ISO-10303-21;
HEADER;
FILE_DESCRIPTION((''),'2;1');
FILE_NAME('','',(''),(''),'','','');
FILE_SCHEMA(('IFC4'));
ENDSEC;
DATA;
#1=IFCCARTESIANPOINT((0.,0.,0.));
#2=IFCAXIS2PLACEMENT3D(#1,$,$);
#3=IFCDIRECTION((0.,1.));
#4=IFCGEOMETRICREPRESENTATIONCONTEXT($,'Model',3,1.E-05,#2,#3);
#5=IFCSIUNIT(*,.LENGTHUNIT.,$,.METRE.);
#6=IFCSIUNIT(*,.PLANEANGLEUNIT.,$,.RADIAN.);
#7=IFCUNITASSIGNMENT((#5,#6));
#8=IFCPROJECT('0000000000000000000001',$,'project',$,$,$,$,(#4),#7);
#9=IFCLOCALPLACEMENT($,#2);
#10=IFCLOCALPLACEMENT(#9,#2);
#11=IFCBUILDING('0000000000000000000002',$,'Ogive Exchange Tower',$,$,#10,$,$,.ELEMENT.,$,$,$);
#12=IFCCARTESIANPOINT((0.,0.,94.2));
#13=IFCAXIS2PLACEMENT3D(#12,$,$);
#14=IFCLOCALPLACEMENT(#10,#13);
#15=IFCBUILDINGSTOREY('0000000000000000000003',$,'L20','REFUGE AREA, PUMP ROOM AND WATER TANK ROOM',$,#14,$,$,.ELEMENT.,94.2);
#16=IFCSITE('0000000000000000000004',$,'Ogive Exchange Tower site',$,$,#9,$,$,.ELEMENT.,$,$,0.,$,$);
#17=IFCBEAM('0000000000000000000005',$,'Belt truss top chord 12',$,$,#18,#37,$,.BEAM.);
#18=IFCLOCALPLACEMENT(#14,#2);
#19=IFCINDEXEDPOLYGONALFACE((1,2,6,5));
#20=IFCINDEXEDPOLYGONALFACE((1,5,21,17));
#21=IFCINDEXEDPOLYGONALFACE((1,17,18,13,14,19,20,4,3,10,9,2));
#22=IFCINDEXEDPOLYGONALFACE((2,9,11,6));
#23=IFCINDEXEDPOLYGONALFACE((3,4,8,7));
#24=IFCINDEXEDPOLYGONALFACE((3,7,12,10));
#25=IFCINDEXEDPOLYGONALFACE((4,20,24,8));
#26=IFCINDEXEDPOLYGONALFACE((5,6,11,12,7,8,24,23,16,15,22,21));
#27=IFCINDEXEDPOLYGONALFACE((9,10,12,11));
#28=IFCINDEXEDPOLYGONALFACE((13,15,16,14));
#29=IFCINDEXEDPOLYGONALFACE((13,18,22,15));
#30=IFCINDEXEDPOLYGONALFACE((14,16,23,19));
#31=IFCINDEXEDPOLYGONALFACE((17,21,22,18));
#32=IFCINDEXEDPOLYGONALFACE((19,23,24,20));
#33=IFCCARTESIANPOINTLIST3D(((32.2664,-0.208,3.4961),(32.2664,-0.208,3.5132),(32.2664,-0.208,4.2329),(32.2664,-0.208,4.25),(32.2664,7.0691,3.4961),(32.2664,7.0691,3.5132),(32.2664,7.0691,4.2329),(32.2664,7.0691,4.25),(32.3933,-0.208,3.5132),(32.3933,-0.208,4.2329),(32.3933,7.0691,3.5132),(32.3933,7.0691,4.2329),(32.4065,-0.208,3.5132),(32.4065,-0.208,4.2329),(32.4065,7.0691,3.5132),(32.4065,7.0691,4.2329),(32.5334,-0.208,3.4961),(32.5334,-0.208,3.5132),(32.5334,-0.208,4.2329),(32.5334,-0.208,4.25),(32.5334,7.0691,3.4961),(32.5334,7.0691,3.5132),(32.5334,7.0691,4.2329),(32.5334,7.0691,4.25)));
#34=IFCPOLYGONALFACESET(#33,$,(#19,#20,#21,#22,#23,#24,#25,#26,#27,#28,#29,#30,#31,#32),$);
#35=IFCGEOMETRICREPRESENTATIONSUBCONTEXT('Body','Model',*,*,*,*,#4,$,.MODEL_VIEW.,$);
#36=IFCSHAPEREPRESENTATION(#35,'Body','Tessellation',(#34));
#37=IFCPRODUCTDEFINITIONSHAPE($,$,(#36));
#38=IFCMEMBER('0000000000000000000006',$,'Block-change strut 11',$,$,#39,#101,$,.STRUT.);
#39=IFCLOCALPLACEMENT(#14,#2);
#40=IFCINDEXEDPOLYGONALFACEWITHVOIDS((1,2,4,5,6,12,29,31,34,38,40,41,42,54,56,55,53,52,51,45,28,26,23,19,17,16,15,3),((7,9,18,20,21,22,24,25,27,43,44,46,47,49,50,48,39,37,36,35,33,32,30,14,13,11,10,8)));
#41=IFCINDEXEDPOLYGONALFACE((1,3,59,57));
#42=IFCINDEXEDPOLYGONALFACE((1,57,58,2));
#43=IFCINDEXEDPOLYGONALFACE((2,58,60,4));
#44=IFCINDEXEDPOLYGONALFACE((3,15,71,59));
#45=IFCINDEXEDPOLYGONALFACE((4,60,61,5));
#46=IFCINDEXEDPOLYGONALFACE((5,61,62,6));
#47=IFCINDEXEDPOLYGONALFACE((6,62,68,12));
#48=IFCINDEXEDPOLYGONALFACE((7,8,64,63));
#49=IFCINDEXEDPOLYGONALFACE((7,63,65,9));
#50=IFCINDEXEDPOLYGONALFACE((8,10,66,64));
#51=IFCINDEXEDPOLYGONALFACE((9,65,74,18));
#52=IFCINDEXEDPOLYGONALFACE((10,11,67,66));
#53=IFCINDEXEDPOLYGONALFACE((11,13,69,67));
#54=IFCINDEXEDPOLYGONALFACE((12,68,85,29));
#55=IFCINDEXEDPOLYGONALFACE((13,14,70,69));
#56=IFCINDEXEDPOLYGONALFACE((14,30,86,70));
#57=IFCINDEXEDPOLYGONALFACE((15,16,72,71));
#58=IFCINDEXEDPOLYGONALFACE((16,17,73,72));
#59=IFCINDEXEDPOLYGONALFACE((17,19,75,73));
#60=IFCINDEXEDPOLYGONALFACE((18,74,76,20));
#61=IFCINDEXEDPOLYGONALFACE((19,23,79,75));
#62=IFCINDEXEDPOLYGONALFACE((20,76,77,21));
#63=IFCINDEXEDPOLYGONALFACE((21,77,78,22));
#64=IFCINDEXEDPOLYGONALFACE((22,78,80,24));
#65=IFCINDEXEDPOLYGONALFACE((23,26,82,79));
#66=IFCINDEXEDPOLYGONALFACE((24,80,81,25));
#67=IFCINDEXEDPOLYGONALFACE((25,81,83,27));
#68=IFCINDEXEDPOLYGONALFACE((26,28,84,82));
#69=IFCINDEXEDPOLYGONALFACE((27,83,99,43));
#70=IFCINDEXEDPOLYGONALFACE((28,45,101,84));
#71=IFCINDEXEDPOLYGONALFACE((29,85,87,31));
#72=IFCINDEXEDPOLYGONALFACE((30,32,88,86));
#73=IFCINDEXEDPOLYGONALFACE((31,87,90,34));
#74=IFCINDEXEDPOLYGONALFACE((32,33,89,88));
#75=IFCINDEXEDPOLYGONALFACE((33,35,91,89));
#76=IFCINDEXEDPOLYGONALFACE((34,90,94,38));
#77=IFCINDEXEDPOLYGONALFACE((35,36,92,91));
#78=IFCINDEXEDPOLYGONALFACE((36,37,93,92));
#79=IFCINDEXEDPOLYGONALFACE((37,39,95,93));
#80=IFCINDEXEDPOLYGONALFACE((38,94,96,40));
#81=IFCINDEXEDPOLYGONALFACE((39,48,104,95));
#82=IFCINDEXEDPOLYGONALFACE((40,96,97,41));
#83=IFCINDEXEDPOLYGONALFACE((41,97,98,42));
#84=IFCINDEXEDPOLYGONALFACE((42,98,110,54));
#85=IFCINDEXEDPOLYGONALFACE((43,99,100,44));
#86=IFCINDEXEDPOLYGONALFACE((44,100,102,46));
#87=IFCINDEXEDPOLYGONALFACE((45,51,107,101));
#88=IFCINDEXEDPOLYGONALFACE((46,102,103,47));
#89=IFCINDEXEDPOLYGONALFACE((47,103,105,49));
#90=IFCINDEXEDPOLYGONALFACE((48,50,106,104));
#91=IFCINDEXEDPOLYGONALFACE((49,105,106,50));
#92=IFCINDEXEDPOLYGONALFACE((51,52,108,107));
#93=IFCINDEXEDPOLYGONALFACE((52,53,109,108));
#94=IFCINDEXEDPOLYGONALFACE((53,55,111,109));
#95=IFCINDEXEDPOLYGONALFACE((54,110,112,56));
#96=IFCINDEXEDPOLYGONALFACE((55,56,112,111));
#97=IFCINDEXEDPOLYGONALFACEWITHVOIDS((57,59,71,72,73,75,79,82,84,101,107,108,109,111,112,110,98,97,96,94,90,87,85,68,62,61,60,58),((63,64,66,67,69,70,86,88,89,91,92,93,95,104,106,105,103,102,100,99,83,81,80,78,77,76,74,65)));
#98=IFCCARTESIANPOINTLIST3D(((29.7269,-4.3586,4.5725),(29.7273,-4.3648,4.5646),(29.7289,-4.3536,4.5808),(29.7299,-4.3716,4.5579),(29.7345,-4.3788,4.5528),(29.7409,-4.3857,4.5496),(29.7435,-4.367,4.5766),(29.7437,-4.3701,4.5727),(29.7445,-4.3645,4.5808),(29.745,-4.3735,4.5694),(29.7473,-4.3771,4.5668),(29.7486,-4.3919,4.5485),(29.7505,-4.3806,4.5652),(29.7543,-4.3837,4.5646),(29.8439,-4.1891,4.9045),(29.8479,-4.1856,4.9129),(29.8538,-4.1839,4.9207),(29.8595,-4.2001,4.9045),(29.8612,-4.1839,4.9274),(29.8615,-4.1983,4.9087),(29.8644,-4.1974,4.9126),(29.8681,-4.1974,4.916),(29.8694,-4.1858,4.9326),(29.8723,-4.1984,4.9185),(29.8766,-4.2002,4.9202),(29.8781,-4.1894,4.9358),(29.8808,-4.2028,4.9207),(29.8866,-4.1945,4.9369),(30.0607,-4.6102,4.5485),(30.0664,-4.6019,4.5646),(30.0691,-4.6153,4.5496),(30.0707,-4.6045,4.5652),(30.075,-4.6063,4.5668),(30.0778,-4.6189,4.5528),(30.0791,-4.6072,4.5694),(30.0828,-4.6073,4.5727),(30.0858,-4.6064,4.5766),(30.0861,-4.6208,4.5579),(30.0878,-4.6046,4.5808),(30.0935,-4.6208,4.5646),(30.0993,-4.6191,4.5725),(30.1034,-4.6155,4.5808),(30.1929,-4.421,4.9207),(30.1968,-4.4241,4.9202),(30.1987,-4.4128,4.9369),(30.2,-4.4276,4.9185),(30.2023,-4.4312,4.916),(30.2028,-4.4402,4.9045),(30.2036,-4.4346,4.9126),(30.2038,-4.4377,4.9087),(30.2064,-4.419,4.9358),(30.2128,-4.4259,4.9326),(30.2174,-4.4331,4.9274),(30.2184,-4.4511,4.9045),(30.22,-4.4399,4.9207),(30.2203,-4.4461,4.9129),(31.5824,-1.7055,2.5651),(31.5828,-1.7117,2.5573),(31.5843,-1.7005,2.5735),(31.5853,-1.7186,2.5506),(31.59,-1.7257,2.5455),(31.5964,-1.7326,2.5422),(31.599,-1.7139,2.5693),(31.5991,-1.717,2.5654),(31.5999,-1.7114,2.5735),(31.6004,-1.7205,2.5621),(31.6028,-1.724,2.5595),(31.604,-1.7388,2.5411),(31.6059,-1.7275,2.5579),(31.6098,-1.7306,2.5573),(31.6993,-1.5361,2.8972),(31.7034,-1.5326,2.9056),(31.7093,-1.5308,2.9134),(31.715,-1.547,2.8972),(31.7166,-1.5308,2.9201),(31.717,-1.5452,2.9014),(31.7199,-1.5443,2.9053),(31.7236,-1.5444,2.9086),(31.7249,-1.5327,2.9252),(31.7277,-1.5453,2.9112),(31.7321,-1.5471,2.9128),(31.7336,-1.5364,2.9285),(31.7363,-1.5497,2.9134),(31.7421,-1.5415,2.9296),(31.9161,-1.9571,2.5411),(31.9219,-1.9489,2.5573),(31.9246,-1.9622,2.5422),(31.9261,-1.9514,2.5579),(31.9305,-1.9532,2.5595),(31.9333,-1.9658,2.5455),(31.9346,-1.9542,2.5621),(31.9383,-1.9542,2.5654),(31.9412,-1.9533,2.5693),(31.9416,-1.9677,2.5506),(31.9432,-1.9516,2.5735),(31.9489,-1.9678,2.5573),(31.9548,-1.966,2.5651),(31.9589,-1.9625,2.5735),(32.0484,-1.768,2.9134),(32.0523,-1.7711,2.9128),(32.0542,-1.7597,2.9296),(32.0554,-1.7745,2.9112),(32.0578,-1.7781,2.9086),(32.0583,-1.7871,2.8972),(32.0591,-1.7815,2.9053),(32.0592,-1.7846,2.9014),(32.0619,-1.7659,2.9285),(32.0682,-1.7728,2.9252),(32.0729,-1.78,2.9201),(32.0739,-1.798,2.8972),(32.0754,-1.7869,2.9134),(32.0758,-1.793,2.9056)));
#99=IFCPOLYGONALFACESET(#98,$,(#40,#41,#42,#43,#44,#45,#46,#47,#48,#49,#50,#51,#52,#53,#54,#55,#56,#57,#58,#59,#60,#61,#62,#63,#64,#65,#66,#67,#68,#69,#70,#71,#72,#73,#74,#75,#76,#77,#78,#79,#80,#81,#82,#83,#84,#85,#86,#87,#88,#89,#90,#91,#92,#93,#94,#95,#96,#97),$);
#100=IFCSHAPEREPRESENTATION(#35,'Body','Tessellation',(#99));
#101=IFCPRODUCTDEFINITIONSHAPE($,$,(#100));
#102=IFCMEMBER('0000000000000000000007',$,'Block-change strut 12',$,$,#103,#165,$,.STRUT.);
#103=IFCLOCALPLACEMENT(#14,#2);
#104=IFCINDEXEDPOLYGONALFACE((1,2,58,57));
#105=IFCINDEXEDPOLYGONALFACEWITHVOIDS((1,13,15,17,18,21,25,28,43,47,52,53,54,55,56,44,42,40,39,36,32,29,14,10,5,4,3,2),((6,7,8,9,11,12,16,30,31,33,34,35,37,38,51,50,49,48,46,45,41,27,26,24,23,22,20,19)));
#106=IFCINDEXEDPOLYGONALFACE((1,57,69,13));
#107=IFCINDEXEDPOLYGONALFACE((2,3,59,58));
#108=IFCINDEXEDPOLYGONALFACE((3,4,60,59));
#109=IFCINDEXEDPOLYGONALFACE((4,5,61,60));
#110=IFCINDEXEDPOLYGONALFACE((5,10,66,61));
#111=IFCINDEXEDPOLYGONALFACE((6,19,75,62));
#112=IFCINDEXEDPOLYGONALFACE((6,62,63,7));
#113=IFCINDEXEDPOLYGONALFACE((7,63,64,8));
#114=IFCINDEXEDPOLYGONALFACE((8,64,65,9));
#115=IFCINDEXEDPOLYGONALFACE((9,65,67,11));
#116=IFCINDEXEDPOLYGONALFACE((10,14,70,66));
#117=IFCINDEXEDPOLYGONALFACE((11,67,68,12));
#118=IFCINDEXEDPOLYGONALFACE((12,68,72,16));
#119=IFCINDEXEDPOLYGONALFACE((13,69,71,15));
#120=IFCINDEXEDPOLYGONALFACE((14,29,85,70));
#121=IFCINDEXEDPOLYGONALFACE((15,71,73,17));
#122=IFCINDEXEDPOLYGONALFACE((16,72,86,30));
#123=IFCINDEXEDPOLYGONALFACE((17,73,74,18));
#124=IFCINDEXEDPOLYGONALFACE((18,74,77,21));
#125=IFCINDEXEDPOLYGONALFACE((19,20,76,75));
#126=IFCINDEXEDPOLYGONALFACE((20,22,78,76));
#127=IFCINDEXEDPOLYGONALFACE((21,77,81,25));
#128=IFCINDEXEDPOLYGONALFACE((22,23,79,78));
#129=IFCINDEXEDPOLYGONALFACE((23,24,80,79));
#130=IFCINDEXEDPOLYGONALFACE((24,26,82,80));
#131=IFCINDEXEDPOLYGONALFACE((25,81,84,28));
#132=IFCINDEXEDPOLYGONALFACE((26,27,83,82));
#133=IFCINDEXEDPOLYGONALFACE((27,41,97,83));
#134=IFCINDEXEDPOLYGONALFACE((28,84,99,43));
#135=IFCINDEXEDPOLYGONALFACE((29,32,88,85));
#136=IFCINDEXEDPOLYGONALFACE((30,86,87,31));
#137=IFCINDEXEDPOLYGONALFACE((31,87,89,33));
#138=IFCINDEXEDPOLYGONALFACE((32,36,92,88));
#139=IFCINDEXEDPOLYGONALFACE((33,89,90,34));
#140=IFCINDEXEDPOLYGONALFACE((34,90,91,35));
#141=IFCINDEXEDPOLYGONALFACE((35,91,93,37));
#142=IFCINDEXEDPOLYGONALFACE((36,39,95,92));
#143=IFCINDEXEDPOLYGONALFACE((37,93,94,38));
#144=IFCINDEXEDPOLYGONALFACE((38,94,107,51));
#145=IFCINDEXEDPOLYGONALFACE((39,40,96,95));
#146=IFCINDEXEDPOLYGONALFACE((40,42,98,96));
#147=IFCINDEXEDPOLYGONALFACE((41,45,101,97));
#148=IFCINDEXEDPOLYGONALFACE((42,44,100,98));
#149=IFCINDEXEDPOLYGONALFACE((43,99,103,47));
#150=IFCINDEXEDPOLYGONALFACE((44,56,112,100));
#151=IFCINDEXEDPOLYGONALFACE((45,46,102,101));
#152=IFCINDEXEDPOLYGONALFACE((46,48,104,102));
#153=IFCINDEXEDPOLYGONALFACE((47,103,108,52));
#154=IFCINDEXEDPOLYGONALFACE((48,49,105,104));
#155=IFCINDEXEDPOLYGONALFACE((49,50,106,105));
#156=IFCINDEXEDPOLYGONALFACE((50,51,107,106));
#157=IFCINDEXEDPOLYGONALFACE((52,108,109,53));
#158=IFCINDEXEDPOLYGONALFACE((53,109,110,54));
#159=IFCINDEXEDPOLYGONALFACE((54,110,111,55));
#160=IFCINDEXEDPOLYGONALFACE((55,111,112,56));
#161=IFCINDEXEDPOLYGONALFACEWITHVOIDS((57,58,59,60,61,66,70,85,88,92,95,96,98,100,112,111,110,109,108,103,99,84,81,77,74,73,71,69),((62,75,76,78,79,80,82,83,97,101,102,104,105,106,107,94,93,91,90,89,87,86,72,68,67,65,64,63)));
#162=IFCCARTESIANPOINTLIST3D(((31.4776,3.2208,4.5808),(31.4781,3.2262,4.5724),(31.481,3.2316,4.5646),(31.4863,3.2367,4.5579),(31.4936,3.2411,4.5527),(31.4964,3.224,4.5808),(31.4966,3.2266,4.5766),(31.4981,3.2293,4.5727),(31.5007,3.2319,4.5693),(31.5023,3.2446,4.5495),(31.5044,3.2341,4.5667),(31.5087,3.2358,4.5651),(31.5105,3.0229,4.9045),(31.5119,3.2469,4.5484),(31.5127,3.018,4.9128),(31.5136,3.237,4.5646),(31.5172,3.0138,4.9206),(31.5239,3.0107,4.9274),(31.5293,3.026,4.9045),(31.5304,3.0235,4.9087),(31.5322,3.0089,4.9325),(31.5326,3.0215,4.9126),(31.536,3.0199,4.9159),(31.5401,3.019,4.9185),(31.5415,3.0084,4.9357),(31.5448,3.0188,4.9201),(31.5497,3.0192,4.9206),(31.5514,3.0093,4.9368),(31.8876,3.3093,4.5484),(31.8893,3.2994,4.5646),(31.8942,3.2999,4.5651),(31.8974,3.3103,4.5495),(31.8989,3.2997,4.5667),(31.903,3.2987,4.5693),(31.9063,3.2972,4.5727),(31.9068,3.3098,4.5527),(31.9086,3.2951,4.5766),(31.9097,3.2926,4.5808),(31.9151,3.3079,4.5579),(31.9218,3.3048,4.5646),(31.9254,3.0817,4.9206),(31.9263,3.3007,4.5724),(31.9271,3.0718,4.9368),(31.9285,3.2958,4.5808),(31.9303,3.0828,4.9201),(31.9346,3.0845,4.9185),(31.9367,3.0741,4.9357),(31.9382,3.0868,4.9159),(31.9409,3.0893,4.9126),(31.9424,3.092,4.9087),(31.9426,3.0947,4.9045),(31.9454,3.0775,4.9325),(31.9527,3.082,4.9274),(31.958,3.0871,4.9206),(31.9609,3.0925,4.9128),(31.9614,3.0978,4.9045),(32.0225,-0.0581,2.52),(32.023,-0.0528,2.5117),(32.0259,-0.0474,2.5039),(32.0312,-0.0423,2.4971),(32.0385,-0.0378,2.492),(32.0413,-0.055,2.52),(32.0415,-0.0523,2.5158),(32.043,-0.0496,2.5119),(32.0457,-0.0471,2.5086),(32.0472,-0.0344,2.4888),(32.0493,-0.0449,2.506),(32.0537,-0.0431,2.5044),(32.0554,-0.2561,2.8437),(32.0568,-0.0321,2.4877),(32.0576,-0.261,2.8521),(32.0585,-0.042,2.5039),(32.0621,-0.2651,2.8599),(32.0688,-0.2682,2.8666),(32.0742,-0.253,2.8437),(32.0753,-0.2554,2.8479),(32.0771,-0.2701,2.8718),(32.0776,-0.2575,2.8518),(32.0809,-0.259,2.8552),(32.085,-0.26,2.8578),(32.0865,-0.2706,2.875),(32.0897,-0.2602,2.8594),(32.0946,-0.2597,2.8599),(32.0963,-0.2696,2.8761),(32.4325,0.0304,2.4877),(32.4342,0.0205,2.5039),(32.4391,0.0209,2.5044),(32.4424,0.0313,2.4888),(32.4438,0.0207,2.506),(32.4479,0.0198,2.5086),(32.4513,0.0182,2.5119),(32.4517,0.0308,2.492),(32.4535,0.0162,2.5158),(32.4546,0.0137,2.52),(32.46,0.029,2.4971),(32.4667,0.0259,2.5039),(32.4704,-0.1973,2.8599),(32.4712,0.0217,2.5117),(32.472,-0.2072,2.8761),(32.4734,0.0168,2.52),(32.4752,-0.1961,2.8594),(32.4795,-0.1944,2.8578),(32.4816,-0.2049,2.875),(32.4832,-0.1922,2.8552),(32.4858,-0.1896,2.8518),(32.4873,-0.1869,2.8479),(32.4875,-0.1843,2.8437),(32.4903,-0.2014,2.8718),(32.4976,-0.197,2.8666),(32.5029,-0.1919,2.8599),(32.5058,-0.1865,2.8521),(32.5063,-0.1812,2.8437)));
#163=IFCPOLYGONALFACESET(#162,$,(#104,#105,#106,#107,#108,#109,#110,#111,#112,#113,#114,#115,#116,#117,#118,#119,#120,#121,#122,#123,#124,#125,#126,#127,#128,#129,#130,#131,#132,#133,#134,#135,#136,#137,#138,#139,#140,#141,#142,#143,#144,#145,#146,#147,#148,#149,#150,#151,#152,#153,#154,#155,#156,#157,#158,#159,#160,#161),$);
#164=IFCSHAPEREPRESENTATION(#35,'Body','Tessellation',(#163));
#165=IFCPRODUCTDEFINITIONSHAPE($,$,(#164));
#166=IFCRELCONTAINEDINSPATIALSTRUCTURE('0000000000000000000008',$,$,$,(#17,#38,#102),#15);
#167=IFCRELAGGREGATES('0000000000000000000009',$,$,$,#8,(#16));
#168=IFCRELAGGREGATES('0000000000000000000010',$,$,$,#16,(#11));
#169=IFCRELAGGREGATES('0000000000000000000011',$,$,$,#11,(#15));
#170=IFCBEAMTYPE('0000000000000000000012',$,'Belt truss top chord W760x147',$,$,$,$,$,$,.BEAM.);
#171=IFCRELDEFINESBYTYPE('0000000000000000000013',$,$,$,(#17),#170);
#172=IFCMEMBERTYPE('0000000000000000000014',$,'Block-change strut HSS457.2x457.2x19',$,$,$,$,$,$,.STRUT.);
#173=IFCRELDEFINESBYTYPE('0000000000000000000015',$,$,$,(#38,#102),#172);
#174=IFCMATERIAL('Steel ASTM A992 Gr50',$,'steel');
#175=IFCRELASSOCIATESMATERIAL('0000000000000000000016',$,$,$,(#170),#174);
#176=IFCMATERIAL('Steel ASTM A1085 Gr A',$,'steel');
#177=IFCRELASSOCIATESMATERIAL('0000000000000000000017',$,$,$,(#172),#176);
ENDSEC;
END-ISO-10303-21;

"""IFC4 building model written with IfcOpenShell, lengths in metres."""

from ifc_helpers import new_model, si_unit, direction, frame, origin, origin_2d, place, context, subcontext, project, spatial, hollow_rectangle, i_section, extrude, material, material_profile, profile_set, type_object, element, save


model = new_model("IFC4")

# Units and contexts
model_context = context("Model", 3, precision=1e-05, world=origin(), true_north=direction((0.0, 1.0)))
body_context = subcontext(model_context, "Body", "Model", "MODEL_VIEW")
ifc_project = project(units=[si_unit("LENGTHUNIT", "METRE"), si_unit("PLANEANGLEUNIT", "RADIAN")], contexts=[model_context])

# Site, building, storey
site_placement = place(None, origin())
site = spatial("IfcSite", under=ifc_project, at=site_placement, Name="Ogive Exchange Tower site", CompositionType="ELEMENT", RefElevation=0.0)
building_placement = place(site_placement, origin())
building = spatial("IfcBuilding", under=site, at=building_placement, Name="Ogive Exchange Tower", CompositionType="ELEMENT")
storey_placement = place(building_placement, frame((0.0, 0.0, 94.2)))
storey = spatial("IfcBuildingStorey", under=building, at=storey_placement, Name="L20", Description="REFUGE AREA, PUMP ROOM AND WATER TANK ROOM", CompositionType="ELEMENT", Elevation=94.2)

# Shared definitions
ifc_material_1 = material(Name="Steel ASTM A992 Gr50", Category="steel")

# Shared definitions
ifc_material_2 = material(Name="Steel ASTM A1085 Gr A", Category="steel")

# Beam
ifc_material_profile_1 = material_profile(ifc_material_1, i_section(OverallWidth=0.2671, OverallDepth=0.7539, WebThickness=0.0132, FlangeThickness=0.0171, at=origin_2d()), Name="W760x147")
ifc_profile_set_1 = profile_set([ifc_material_profile_1], Name="Steel ASTM A992 Gr50")
beam_type_1 = type_object("IfcBeamType", Name="Belt truss top chord W760x147", PredefinedType="BEAM", material=ifc_profile_set_1)
beam_1_placement = place(storey_placement, frame((32.3999, -0.208, 3.873), z_axis=(0.0, 1.0, 0.0), x_axis=(-1.0, 0.0, 0.0)))
element("IfcBeam", 1, at=beam_1_placement, inside=storey, type_object=beam_type_1, Name="Belt truss top chord 12", PredefinedType="BEAM", context=body_context, shape_type="SweptSolid", body=[
    extrude(i_section(OverallWidth=0.2671, OverallDepth=0.7539, WebThickness=0.0132, FlangeThickness=0.0171, at=origin_2d()), origin(), (0.0, 0.0, 1.0), 7.2771),
])

# Members
ifc_material_profile_2 = material_profile(ifc_material_2, hollow_rectangle(XDim=0.457, YDim=0.457, WallThickness=0.019, InnerFilletRadius=0.019, OuterFilletRadius=0.0381, at=origin_2d()), Name="HSS457.2x457.2x19")
ifc_profile_set_2 = profile_set([ifc_material_profile_2], Name="Steel ASTM A1085 Gr A")
member_type_1 = type_object("IfcMemberType", Name="Block-change strut HSS457.2x457.2x19", PredefinedType="STRUT", material=ifc_profile_set_2)
member_1_placement = place(storey_placement, frame((31.8291, -1.7493, 2.7354), z_axis=(-0.487086, -0.69647, 0.526951), x_axis=(0.819476, -0.573113, 0.0)))
element("IfcMember", 2, at=member_1_placement, inside=storey, type_object=member_type_1, Name="Block-change strut 11", PredefinedType="STRUT", context=body_context, shape_type="SweptSolid", body=[
    extrude(hollow_rectangle(XDim=0.457, YDim=0.457, WallThickness=0.019, InnerFilletRadius=0.019, OuterFilletRadius=0.0381, at=origin_2d()), origin(), (0.0, 0.0, 1.0), 3.8093),
])
member_2_placement = place(storey_placement, frame((32.2644, -0.1196, 2.6819), z_axis=(-0.13933, 0.838416, 0.526921), x_axis=(-0.986471, -0.163934, 0.0)))
element("IfcMember", 3, at=member_2_placement, inside=storey, type_object=member_type_1, Name="Block-change strut 12", PredefinedType="STRUT", context=body_context, shape_type="SweptSolid", body=[
    extrude(hollow_rectangle(XDim=0.457, YDim=0.457, WallThickness=0.019, InnerFilletRadius=0.019, OuterFilletRadius=0.0381, at=origin_2d()), origin(), (0.0, 0.0, 1.0), 3.9109),
])

save(model, "model.ifc")
